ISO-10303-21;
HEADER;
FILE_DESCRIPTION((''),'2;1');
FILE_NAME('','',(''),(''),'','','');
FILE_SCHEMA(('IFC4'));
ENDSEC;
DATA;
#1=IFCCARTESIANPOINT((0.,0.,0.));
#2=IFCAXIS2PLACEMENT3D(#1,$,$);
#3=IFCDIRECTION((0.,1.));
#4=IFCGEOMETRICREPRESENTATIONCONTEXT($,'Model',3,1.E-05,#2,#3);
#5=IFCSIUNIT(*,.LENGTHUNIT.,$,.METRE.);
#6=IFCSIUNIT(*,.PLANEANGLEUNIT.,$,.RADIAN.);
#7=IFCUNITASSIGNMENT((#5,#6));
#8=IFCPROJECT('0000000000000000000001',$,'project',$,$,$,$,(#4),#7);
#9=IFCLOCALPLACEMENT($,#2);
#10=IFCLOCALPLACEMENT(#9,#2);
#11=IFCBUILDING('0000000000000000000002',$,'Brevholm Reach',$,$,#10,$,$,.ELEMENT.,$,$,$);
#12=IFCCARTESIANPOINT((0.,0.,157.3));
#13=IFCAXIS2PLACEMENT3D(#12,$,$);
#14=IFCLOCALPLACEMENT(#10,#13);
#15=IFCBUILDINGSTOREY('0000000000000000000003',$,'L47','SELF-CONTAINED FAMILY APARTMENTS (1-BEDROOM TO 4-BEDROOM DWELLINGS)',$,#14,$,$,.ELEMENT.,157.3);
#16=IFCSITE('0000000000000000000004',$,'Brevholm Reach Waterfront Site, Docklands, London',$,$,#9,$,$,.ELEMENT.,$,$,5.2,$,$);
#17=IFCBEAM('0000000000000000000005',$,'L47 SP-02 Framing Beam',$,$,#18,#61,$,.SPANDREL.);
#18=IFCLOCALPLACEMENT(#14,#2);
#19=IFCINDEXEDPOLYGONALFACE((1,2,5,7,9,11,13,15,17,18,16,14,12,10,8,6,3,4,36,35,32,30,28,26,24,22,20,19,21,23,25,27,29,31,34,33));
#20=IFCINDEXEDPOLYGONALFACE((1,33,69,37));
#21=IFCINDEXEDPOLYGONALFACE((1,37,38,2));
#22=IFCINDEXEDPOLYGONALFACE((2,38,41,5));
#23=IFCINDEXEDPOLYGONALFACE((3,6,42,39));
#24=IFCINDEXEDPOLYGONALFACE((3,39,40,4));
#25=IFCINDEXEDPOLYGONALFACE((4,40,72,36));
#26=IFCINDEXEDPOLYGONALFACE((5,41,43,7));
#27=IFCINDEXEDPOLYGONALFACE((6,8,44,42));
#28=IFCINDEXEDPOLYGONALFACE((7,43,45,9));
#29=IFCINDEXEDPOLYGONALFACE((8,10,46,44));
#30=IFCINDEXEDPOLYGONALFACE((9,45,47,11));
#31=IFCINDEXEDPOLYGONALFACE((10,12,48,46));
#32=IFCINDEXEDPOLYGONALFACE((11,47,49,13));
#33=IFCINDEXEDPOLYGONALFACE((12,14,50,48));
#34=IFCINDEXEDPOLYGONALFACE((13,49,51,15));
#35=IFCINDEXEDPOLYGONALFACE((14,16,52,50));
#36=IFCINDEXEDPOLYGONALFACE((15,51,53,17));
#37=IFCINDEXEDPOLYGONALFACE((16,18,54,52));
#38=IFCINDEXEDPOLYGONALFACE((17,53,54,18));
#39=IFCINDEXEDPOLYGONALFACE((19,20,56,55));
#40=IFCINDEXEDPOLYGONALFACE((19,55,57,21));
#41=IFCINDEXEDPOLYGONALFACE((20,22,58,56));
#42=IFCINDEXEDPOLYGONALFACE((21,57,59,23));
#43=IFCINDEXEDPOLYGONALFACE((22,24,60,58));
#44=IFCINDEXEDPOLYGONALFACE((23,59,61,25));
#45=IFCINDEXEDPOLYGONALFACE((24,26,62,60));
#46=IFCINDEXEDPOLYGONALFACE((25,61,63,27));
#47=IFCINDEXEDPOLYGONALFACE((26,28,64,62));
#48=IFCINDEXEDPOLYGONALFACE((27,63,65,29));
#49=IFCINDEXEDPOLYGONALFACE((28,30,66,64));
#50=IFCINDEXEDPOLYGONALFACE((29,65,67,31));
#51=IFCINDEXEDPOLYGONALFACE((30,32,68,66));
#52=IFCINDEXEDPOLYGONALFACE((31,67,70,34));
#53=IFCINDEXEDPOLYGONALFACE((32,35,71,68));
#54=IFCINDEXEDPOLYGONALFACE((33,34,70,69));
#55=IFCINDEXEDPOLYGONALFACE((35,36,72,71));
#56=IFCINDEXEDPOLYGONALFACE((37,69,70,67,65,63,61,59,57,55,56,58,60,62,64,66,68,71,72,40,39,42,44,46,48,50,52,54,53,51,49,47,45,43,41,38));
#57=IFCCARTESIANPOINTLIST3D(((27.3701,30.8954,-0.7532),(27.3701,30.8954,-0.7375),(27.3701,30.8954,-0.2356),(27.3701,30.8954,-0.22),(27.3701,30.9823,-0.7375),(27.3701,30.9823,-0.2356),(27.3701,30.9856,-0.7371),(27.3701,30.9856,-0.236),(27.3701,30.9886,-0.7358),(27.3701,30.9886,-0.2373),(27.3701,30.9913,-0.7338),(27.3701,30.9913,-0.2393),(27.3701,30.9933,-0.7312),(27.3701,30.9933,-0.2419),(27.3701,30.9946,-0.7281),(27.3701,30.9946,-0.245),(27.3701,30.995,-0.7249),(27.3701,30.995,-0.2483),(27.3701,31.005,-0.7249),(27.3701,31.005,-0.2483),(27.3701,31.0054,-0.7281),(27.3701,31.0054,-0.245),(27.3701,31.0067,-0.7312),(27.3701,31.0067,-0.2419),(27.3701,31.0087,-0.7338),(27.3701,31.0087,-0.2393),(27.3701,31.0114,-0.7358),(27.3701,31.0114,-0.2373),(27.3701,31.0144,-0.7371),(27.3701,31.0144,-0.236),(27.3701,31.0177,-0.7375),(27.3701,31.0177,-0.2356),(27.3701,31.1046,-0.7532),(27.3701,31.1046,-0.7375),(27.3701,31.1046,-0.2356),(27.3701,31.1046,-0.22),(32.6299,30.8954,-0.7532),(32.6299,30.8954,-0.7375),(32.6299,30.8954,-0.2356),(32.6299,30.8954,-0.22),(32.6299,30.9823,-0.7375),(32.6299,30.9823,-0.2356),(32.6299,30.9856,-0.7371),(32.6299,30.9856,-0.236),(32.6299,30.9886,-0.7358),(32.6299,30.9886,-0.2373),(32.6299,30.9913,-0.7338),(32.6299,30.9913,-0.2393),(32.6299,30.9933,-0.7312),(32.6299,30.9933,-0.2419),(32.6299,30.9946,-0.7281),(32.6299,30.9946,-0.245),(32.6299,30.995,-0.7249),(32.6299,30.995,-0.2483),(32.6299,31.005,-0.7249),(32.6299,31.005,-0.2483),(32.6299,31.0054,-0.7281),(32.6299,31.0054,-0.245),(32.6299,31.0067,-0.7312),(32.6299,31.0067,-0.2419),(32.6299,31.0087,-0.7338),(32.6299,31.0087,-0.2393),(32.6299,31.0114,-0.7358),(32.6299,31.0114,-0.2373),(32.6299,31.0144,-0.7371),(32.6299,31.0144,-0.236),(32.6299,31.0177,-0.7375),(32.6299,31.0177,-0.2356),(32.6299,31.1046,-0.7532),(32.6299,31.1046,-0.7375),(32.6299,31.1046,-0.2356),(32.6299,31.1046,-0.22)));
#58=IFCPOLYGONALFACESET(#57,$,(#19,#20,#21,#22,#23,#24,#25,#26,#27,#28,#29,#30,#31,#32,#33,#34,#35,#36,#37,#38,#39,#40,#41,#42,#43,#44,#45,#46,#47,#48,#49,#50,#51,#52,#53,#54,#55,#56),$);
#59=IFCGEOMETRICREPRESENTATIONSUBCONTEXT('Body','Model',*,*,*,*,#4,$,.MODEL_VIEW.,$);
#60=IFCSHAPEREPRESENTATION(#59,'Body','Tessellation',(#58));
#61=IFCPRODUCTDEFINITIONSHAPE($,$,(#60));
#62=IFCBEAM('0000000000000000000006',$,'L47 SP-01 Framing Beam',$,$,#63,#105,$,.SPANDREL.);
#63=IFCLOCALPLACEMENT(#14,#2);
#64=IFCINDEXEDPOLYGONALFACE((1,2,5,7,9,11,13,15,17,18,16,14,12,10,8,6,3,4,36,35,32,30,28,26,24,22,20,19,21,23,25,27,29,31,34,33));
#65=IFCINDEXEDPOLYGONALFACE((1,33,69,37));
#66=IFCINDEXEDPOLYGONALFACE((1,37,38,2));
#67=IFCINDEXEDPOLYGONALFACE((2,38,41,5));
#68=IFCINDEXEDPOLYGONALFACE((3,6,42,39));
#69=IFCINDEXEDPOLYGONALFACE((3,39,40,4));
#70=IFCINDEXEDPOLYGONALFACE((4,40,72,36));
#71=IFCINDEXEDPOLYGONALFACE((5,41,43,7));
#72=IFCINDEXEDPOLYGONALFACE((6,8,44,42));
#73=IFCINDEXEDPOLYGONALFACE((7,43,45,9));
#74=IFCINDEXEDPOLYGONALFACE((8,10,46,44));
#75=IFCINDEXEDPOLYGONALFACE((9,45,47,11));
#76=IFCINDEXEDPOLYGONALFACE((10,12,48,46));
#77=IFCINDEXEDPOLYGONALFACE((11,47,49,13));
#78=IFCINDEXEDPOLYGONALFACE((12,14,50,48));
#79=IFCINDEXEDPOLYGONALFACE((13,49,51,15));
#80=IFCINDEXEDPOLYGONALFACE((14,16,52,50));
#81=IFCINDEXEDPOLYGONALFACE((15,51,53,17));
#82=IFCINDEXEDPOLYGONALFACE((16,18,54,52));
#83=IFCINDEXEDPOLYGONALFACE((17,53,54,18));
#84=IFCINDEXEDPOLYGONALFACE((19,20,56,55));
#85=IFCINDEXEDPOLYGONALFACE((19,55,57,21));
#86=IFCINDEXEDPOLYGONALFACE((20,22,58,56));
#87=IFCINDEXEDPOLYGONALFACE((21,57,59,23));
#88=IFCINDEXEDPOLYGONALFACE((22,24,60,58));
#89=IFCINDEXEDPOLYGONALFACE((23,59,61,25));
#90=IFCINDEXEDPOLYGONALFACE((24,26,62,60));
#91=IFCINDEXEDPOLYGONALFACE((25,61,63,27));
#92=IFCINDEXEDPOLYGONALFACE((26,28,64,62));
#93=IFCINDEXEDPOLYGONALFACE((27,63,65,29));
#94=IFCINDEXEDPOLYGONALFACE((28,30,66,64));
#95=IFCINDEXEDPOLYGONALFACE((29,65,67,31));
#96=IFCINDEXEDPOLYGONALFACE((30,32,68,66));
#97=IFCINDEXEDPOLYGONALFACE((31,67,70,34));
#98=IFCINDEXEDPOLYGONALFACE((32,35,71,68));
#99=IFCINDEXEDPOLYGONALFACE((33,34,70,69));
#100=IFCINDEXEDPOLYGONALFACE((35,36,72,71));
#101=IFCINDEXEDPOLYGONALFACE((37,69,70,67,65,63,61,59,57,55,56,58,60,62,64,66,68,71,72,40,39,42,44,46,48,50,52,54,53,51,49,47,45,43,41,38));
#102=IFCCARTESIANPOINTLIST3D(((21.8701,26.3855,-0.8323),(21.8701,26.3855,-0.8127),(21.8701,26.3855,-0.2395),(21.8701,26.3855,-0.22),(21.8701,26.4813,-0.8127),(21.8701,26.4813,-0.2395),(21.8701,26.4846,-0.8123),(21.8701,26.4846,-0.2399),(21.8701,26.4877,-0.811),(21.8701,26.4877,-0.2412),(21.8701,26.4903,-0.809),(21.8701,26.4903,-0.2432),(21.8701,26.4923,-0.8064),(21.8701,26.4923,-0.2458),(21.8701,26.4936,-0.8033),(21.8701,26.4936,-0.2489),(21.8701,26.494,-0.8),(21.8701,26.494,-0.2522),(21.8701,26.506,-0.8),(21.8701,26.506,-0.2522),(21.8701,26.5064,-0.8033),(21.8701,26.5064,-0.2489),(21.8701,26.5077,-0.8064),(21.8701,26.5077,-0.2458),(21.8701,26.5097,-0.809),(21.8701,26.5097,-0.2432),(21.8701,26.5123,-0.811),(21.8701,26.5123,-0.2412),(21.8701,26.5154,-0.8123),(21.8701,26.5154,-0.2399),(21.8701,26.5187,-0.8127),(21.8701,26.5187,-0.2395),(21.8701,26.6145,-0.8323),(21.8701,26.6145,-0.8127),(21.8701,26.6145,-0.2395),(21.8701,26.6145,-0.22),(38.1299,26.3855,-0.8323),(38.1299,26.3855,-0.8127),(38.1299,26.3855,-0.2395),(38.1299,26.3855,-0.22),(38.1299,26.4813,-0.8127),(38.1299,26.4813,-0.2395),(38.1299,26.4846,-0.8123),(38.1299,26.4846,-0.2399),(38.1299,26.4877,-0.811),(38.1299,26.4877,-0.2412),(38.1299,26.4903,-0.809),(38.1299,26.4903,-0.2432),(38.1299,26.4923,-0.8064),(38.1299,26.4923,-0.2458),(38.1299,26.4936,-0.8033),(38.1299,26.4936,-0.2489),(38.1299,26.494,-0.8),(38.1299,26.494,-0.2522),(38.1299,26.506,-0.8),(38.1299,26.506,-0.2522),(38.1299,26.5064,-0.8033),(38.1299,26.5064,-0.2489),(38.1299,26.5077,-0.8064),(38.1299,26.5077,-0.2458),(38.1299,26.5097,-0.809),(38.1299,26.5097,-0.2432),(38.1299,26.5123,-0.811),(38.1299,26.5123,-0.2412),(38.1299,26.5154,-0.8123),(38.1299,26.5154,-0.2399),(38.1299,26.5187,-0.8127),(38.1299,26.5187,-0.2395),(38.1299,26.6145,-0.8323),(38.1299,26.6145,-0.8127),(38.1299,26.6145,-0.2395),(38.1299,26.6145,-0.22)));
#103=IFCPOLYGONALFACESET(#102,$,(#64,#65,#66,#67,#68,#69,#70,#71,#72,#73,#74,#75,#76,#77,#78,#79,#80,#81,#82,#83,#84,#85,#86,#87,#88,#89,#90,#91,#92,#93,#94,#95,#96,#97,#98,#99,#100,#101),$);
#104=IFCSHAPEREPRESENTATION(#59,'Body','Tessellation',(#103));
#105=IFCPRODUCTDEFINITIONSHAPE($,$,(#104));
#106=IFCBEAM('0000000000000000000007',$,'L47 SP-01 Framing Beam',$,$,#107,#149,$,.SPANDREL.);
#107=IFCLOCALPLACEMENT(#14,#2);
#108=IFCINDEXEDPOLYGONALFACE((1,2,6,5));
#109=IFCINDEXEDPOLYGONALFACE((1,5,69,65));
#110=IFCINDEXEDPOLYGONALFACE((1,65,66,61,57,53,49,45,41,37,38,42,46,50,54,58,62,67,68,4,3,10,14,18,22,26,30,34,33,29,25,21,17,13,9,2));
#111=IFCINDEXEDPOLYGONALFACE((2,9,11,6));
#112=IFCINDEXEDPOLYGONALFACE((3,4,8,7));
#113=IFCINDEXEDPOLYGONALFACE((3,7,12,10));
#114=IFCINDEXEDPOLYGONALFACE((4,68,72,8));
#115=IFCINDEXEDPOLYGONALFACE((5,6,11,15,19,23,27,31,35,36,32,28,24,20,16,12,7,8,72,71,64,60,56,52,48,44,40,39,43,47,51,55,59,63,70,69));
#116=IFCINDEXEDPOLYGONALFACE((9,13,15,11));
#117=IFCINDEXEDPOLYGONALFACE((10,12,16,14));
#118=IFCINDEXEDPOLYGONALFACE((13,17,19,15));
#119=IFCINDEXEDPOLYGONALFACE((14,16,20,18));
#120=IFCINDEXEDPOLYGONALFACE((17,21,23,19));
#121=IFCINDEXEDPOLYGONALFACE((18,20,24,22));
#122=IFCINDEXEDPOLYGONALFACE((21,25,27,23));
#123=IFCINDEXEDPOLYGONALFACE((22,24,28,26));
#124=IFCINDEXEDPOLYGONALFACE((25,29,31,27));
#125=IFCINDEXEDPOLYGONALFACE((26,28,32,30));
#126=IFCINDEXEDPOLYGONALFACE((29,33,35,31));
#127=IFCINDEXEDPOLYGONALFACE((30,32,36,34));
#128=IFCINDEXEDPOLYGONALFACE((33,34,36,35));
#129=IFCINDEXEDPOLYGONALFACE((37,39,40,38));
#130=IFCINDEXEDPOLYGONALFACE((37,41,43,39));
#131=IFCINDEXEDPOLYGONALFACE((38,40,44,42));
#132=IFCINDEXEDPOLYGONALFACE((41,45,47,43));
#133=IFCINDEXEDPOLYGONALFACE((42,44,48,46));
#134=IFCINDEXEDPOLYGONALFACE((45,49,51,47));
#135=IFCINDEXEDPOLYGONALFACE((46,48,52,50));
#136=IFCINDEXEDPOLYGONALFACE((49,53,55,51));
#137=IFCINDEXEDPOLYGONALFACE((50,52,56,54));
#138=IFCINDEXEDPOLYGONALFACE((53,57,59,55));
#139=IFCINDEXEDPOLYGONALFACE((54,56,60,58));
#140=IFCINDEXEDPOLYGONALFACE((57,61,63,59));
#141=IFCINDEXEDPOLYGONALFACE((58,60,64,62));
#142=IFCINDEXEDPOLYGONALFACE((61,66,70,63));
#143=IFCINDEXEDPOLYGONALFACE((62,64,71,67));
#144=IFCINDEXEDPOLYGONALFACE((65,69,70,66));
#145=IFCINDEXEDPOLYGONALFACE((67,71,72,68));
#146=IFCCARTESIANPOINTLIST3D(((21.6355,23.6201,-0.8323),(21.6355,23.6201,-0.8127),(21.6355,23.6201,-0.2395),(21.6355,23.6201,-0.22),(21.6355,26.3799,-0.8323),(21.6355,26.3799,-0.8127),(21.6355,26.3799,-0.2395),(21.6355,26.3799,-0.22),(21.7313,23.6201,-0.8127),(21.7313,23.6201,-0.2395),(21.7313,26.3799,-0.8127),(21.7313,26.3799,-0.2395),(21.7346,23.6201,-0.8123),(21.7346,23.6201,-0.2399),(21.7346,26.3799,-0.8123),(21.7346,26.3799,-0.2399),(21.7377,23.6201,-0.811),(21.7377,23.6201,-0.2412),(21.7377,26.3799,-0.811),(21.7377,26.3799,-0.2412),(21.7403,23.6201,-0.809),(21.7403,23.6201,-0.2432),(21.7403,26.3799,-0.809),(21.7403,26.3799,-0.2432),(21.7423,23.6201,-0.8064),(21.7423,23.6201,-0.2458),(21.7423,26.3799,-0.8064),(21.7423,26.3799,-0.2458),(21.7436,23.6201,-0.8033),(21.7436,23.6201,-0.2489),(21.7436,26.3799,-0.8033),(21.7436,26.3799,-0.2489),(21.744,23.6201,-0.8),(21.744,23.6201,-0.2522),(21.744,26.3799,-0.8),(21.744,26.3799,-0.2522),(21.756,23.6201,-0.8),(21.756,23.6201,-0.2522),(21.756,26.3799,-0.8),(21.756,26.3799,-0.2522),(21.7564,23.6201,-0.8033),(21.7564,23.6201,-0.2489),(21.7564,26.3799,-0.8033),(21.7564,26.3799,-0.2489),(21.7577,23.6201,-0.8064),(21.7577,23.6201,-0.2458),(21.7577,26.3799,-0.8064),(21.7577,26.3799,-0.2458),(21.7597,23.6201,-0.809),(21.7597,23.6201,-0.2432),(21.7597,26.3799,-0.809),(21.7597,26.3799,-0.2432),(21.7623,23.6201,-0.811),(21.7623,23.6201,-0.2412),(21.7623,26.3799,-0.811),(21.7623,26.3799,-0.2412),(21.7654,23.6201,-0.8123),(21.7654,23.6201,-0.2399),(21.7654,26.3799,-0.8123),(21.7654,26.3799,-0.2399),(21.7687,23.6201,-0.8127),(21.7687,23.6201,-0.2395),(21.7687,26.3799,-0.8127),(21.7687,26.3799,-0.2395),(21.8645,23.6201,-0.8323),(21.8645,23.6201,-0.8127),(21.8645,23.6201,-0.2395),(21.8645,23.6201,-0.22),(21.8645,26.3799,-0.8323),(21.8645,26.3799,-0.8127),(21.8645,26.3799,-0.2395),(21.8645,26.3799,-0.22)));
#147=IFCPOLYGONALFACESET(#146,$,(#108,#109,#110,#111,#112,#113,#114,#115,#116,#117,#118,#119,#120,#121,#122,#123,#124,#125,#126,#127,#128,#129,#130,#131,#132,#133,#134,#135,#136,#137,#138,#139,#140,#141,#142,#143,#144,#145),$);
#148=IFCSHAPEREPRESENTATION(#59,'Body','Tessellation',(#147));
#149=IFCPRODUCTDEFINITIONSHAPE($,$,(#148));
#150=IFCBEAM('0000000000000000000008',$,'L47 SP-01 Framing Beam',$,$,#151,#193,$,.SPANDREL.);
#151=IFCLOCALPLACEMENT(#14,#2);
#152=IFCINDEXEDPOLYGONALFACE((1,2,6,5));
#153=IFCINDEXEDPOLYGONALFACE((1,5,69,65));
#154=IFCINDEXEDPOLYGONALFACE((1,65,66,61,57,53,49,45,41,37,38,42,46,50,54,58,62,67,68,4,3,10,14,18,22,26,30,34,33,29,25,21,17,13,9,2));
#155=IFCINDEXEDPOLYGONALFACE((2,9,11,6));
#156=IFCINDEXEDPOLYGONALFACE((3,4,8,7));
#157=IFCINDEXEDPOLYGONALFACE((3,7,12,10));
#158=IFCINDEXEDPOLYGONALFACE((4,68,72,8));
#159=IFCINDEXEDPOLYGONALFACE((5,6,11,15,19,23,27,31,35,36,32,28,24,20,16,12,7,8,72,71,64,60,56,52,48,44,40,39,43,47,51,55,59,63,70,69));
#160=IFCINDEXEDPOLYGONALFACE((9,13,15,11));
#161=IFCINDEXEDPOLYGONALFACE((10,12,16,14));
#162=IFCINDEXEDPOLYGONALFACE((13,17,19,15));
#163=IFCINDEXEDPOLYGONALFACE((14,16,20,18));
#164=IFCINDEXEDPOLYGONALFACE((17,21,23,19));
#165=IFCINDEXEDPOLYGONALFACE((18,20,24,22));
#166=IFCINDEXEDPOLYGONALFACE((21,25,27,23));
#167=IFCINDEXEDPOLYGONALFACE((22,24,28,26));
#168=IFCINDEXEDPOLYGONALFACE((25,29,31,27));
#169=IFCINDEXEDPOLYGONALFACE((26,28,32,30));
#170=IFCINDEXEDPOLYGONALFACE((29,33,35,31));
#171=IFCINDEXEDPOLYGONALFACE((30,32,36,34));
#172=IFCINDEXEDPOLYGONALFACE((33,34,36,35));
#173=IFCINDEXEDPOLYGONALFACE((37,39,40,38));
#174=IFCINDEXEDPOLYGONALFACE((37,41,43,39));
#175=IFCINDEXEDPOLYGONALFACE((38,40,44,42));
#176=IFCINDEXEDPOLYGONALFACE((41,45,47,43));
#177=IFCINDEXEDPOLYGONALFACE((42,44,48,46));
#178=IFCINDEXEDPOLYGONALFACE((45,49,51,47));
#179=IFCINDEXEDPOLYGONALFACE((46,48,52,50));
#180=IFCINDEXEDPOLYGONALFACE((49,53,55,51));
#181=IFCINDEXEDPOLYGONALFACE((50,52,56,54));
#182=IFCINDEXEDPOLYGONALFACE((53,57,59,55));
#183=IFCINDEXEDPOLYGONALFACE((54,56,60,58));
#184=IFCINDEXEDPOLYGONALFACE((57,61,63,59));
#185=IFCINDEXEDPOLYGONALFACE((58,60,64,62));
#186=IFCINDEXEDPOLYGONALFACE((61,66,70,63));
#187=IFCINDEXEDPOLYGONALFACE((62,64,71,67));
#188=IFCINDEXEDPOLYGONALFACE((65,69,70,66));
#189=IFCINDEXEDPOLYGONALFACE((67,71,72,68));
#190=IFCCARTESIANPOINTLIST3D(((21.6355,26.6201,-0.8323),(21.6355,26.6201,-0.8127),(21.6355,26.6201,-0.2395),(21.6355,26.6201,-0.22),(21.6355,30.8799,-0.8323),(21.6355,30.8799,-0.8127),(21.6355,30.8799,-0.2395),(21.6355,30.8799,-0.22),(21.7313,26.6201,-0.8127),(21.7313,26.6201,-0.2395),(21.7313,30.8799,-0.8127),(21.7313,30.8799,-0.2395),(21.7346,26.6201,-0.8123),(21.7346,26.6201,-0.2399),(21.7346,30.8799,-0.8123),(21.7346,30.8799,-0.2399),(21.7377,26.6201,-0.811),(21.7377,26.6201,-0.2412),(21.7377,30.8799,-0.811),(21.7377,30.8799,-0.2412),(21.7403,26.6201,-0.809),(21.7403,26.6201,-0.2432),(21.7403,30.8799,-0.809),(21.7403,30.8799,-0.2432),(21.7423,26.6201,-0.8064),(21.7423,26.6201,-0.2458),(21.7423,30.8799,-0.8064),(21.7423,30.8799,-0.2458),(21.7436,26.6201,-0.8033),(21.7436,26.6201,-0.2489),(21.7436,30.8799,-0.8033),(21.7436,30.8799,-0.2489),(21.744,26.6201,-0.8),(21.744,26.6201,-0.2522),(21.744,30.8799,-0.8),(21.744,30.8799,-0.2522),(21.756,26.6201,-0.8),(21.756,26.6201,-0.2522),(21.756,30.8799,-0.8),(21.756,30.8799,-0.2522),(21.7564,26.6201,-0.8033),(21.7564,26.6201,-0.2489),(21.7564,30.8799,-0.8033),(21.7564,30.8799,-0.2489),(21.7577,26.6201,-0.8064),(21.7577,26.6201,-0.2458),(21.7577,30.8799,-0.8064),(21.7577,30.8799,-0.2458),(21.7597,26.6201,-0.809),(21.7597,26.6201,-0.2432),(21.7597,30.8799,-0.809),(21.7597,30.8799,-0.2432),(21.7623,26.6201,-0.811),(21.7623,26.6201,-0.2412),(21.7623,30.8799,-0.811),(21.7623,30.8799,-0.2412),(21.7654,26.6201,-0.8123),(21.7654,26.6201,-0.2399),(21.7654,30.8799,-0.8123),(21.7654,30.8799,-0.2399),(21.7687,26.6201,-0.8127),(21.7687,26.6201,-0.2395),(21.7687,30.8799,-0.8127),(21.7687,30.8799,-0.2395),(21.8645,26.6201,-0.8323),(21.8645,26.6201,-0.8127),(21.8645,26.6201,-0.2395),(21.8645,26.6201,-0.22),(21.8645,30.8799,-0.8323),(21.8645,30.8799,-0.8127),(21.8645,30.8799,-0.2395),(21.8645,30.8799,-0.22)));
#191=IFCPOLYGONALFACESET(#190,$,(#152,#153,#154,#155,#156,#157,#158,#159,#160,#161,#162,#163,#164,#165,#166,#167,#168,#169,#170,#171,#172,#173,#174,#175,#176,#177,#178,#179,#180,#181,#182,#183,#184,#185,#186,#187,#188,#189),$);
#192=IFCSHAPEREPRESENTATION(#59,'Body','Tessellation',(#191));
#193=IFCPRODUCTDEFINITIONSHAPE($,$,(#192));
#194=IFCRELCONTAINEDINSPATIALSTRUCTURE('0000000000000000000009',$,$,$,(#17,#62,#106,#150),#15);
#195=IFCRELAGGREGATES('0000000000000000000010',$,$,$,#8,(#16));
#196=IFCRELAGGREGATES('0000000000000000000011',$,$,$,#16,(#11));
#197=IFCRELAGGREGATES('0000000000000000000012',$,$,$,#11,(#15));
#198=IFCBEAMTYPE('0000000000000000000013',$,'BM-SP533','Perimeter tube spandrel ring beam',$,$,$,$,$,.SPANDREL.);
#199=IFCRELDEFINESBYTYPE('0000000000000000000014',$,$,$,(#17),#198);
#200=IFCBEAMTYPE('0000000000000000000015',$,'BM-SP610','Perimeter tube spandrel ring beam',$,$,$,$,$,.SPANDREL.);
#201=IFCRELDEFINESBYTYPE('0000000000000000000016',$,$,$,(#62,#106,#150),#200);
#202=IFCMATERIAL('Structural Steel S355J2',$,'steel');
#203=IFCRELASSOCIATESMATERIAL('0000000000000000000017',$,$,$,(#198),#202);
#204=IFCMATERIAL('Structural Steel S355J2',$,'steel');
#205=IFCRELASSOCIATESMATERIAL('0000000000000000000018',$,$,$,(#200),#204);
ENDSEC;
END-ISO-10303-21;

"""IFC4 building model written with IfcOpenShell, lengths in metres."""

from ifc_helpers import new_model, si_unit, direction, frame, origin, origin_2d, place, context, subcontext, project, spatial, i_section, extrude, material, material_profile, profile_set, type_object, element, save


model = new_model("IFC4")

# Units and contexts
model_context = context("Model", 3, precision=1e-05, world=origin(), true_north=direction((0.0, 1.0)))
body_context = subcontext(model_context, "Body", "Model", "MODEL_VIEW")
ifc_project = project(units=[si_unit("LENGTHUNIT", "METRE"), si_unit("PLANEANGLEUNIT", "RADIAN")], contexts=[model_context])

# Site, building, storey
site_placement = place(None, origin())
site = spatial("IfcSite", under=ifc_project, at=site_placement, Name="Brevholm Reach Waterfront Site, Docklands, London", CompositionType="ELEMENT", RefElevation=5.2)
building_placement = place(site_placement, origin())
building = spatial("IfcBuilding", under=site, at=building_placement, Name="Brevholm Reach", CompositionType="ELEMENT")
storey_placement = place(building_placement, frame((0.0, 0.0, 157.3)))
storey = spatial("IfcBuildingStorey", under=building, at=storey_placement, Name="L47", Description="SELF-CONTAINED FAMILY APARTMENTS (1-BEDROOM TO 4-BEDROOM DWELLINGS)", CompositionType="ELEMENT", Elevation=157.3)

# Beams
ifc_material_1 = material(Name="Structural Steel S355J2", Category="steel")
ifc_material_profile_1 = material_profile(ifc_material_1, i_section(OverallWidth=0.2092, OverallDepth=0.5332, WebThickness=0.01, FlangeThickness=0.0156, FilletRadius=0.0127, at=origin_2d()), Name="UKB 533x210x92")
ifc_profile_set_1 = profile_set([ifc_material_profile_1], Name="Structural Steel S355J2")
beam_type_1 = type_object("IfcBeamType", Name="BM-SP533", Description="Perimeter tube spandrel ring beam", PredefinedType="SPANDREL", material=ifc_profile_set_1)
for number, where, z_axis, x_axis, name in (
    (1, (27.3701, 31.0, -0.4866), (1.0, 0.0, 0.0), (0.0, 1.0, 0.0), "L47 SP-02 Framing Beam"),
):
    element("IfcBeam", number, at=place(storey_placement, frame(where, z_axis=z_axis, x_axis=x_axis)), inside=storey, type_object=beam_type_1, Name=name, PredefinedType="SPANDREL", context=body_context, shape_type="SweptSolid", body=[
        extrude(i_section(OverallWidth=0.2092, OverallDepth=0.5332, WebThickness=0.01, FlangeThickness=0.0156, FilletRadius=0.0127, at=origin_2d()), origin(), (0.0, 0.0, 1.0), 5.2598),
    ])
ifc_material_2 = material(Name="Structural Steel S355J2", Category="steel")
ifc_material_profile_2 = material_profile(ifc_material_2, i_section(OverallWidth=0.229, OverallDepth=0.6123, WebThickness=0.012, FlangeThickness=0.0195, FilletRadius=0.0127, at=origin_2d()), Name="UKB 610x229x125")
ifc_profile_set_2 = profile_set([ifc_material_profile_2], Name="Structural Steel S355J2")
beam_type_2 = type_object("IfcBeamType", Name="BM-SP610", Description="Perimeter tube spandrel ring beam", PredefinedType="SPANDREL", material=ifc_profile_set_2)
beam_1_placement = place(storey_placement, frame((21.8701, 26.5, -0.5261), z_axis=(1.0, 0.0, 0.0), x_axis=(0.0, 1.0, 0.0)))
element("IfcBeam", 2, at=beam_1_placement, inside=storey, type_object=beam_type_2, Name="L47 SP-01 Framing Beam", PredefinedType="SPANDREL", context=body_context, shape_type="SweptSolid", body=[
    extrude(i_section(OverallWidth=0.229, OverallDepth=0.6123, WebThickness=0.012, FlangeThickness=0.0195, FilletRadius=0.0127, at=origin_2d()), origin(), (0.0, 0.0, 1.0), 16.2598),
])
beam_2_placement = place(storey_placement, frame((21.75, 23.6201, -0.5261), z_axis=(0.0, 1.0, 0.0), x_axis=(-1.0, 0.0, 0.0)))
element("IfcBeam", 3, at=beam_2_placement, inside=storey, type_object=beam_type_2, Name="L47 SP-01 Framing Beam", PredefinedType="SPANDREL", context=body_context, shape_type="SweptSolid", body=[
    extrude(i_section(OverallWidth=0.229, OverallDepth=0.6123, WebThickness=0.012, FlangeThickness=0.0195, FilletRadius=0.0127, at=origin_2d()), origin(), (0.0, 0.0, 1.0), 2.7598),
])
beam_3_placement = place(storey_placement, frame((21.75, 26.6201, -0.5261), z_axis=(0.0, 1.0, 0.0), x_axis=(-1.0, 0.0, 0.0)))
element("IfcBeam", 4, at=beam_3_placement, inside=storey, type_object=beam_type_2, Name="L47 SP-01 Framing Beam", PredefinedType="SPANDREL", context=body_context, shape_type="SweptSolid", body=[
    extrude(i_section(OverallWidth=0.229, OverallDepth=0.6123, WebThickness=0.012, FlangeThickness=0.0195, FilletRadius=0.0127, at=origin_2d()), origin(), (0.0, 0.0, 1.0), 4.2598),
])

save(model, "model.ifc")
